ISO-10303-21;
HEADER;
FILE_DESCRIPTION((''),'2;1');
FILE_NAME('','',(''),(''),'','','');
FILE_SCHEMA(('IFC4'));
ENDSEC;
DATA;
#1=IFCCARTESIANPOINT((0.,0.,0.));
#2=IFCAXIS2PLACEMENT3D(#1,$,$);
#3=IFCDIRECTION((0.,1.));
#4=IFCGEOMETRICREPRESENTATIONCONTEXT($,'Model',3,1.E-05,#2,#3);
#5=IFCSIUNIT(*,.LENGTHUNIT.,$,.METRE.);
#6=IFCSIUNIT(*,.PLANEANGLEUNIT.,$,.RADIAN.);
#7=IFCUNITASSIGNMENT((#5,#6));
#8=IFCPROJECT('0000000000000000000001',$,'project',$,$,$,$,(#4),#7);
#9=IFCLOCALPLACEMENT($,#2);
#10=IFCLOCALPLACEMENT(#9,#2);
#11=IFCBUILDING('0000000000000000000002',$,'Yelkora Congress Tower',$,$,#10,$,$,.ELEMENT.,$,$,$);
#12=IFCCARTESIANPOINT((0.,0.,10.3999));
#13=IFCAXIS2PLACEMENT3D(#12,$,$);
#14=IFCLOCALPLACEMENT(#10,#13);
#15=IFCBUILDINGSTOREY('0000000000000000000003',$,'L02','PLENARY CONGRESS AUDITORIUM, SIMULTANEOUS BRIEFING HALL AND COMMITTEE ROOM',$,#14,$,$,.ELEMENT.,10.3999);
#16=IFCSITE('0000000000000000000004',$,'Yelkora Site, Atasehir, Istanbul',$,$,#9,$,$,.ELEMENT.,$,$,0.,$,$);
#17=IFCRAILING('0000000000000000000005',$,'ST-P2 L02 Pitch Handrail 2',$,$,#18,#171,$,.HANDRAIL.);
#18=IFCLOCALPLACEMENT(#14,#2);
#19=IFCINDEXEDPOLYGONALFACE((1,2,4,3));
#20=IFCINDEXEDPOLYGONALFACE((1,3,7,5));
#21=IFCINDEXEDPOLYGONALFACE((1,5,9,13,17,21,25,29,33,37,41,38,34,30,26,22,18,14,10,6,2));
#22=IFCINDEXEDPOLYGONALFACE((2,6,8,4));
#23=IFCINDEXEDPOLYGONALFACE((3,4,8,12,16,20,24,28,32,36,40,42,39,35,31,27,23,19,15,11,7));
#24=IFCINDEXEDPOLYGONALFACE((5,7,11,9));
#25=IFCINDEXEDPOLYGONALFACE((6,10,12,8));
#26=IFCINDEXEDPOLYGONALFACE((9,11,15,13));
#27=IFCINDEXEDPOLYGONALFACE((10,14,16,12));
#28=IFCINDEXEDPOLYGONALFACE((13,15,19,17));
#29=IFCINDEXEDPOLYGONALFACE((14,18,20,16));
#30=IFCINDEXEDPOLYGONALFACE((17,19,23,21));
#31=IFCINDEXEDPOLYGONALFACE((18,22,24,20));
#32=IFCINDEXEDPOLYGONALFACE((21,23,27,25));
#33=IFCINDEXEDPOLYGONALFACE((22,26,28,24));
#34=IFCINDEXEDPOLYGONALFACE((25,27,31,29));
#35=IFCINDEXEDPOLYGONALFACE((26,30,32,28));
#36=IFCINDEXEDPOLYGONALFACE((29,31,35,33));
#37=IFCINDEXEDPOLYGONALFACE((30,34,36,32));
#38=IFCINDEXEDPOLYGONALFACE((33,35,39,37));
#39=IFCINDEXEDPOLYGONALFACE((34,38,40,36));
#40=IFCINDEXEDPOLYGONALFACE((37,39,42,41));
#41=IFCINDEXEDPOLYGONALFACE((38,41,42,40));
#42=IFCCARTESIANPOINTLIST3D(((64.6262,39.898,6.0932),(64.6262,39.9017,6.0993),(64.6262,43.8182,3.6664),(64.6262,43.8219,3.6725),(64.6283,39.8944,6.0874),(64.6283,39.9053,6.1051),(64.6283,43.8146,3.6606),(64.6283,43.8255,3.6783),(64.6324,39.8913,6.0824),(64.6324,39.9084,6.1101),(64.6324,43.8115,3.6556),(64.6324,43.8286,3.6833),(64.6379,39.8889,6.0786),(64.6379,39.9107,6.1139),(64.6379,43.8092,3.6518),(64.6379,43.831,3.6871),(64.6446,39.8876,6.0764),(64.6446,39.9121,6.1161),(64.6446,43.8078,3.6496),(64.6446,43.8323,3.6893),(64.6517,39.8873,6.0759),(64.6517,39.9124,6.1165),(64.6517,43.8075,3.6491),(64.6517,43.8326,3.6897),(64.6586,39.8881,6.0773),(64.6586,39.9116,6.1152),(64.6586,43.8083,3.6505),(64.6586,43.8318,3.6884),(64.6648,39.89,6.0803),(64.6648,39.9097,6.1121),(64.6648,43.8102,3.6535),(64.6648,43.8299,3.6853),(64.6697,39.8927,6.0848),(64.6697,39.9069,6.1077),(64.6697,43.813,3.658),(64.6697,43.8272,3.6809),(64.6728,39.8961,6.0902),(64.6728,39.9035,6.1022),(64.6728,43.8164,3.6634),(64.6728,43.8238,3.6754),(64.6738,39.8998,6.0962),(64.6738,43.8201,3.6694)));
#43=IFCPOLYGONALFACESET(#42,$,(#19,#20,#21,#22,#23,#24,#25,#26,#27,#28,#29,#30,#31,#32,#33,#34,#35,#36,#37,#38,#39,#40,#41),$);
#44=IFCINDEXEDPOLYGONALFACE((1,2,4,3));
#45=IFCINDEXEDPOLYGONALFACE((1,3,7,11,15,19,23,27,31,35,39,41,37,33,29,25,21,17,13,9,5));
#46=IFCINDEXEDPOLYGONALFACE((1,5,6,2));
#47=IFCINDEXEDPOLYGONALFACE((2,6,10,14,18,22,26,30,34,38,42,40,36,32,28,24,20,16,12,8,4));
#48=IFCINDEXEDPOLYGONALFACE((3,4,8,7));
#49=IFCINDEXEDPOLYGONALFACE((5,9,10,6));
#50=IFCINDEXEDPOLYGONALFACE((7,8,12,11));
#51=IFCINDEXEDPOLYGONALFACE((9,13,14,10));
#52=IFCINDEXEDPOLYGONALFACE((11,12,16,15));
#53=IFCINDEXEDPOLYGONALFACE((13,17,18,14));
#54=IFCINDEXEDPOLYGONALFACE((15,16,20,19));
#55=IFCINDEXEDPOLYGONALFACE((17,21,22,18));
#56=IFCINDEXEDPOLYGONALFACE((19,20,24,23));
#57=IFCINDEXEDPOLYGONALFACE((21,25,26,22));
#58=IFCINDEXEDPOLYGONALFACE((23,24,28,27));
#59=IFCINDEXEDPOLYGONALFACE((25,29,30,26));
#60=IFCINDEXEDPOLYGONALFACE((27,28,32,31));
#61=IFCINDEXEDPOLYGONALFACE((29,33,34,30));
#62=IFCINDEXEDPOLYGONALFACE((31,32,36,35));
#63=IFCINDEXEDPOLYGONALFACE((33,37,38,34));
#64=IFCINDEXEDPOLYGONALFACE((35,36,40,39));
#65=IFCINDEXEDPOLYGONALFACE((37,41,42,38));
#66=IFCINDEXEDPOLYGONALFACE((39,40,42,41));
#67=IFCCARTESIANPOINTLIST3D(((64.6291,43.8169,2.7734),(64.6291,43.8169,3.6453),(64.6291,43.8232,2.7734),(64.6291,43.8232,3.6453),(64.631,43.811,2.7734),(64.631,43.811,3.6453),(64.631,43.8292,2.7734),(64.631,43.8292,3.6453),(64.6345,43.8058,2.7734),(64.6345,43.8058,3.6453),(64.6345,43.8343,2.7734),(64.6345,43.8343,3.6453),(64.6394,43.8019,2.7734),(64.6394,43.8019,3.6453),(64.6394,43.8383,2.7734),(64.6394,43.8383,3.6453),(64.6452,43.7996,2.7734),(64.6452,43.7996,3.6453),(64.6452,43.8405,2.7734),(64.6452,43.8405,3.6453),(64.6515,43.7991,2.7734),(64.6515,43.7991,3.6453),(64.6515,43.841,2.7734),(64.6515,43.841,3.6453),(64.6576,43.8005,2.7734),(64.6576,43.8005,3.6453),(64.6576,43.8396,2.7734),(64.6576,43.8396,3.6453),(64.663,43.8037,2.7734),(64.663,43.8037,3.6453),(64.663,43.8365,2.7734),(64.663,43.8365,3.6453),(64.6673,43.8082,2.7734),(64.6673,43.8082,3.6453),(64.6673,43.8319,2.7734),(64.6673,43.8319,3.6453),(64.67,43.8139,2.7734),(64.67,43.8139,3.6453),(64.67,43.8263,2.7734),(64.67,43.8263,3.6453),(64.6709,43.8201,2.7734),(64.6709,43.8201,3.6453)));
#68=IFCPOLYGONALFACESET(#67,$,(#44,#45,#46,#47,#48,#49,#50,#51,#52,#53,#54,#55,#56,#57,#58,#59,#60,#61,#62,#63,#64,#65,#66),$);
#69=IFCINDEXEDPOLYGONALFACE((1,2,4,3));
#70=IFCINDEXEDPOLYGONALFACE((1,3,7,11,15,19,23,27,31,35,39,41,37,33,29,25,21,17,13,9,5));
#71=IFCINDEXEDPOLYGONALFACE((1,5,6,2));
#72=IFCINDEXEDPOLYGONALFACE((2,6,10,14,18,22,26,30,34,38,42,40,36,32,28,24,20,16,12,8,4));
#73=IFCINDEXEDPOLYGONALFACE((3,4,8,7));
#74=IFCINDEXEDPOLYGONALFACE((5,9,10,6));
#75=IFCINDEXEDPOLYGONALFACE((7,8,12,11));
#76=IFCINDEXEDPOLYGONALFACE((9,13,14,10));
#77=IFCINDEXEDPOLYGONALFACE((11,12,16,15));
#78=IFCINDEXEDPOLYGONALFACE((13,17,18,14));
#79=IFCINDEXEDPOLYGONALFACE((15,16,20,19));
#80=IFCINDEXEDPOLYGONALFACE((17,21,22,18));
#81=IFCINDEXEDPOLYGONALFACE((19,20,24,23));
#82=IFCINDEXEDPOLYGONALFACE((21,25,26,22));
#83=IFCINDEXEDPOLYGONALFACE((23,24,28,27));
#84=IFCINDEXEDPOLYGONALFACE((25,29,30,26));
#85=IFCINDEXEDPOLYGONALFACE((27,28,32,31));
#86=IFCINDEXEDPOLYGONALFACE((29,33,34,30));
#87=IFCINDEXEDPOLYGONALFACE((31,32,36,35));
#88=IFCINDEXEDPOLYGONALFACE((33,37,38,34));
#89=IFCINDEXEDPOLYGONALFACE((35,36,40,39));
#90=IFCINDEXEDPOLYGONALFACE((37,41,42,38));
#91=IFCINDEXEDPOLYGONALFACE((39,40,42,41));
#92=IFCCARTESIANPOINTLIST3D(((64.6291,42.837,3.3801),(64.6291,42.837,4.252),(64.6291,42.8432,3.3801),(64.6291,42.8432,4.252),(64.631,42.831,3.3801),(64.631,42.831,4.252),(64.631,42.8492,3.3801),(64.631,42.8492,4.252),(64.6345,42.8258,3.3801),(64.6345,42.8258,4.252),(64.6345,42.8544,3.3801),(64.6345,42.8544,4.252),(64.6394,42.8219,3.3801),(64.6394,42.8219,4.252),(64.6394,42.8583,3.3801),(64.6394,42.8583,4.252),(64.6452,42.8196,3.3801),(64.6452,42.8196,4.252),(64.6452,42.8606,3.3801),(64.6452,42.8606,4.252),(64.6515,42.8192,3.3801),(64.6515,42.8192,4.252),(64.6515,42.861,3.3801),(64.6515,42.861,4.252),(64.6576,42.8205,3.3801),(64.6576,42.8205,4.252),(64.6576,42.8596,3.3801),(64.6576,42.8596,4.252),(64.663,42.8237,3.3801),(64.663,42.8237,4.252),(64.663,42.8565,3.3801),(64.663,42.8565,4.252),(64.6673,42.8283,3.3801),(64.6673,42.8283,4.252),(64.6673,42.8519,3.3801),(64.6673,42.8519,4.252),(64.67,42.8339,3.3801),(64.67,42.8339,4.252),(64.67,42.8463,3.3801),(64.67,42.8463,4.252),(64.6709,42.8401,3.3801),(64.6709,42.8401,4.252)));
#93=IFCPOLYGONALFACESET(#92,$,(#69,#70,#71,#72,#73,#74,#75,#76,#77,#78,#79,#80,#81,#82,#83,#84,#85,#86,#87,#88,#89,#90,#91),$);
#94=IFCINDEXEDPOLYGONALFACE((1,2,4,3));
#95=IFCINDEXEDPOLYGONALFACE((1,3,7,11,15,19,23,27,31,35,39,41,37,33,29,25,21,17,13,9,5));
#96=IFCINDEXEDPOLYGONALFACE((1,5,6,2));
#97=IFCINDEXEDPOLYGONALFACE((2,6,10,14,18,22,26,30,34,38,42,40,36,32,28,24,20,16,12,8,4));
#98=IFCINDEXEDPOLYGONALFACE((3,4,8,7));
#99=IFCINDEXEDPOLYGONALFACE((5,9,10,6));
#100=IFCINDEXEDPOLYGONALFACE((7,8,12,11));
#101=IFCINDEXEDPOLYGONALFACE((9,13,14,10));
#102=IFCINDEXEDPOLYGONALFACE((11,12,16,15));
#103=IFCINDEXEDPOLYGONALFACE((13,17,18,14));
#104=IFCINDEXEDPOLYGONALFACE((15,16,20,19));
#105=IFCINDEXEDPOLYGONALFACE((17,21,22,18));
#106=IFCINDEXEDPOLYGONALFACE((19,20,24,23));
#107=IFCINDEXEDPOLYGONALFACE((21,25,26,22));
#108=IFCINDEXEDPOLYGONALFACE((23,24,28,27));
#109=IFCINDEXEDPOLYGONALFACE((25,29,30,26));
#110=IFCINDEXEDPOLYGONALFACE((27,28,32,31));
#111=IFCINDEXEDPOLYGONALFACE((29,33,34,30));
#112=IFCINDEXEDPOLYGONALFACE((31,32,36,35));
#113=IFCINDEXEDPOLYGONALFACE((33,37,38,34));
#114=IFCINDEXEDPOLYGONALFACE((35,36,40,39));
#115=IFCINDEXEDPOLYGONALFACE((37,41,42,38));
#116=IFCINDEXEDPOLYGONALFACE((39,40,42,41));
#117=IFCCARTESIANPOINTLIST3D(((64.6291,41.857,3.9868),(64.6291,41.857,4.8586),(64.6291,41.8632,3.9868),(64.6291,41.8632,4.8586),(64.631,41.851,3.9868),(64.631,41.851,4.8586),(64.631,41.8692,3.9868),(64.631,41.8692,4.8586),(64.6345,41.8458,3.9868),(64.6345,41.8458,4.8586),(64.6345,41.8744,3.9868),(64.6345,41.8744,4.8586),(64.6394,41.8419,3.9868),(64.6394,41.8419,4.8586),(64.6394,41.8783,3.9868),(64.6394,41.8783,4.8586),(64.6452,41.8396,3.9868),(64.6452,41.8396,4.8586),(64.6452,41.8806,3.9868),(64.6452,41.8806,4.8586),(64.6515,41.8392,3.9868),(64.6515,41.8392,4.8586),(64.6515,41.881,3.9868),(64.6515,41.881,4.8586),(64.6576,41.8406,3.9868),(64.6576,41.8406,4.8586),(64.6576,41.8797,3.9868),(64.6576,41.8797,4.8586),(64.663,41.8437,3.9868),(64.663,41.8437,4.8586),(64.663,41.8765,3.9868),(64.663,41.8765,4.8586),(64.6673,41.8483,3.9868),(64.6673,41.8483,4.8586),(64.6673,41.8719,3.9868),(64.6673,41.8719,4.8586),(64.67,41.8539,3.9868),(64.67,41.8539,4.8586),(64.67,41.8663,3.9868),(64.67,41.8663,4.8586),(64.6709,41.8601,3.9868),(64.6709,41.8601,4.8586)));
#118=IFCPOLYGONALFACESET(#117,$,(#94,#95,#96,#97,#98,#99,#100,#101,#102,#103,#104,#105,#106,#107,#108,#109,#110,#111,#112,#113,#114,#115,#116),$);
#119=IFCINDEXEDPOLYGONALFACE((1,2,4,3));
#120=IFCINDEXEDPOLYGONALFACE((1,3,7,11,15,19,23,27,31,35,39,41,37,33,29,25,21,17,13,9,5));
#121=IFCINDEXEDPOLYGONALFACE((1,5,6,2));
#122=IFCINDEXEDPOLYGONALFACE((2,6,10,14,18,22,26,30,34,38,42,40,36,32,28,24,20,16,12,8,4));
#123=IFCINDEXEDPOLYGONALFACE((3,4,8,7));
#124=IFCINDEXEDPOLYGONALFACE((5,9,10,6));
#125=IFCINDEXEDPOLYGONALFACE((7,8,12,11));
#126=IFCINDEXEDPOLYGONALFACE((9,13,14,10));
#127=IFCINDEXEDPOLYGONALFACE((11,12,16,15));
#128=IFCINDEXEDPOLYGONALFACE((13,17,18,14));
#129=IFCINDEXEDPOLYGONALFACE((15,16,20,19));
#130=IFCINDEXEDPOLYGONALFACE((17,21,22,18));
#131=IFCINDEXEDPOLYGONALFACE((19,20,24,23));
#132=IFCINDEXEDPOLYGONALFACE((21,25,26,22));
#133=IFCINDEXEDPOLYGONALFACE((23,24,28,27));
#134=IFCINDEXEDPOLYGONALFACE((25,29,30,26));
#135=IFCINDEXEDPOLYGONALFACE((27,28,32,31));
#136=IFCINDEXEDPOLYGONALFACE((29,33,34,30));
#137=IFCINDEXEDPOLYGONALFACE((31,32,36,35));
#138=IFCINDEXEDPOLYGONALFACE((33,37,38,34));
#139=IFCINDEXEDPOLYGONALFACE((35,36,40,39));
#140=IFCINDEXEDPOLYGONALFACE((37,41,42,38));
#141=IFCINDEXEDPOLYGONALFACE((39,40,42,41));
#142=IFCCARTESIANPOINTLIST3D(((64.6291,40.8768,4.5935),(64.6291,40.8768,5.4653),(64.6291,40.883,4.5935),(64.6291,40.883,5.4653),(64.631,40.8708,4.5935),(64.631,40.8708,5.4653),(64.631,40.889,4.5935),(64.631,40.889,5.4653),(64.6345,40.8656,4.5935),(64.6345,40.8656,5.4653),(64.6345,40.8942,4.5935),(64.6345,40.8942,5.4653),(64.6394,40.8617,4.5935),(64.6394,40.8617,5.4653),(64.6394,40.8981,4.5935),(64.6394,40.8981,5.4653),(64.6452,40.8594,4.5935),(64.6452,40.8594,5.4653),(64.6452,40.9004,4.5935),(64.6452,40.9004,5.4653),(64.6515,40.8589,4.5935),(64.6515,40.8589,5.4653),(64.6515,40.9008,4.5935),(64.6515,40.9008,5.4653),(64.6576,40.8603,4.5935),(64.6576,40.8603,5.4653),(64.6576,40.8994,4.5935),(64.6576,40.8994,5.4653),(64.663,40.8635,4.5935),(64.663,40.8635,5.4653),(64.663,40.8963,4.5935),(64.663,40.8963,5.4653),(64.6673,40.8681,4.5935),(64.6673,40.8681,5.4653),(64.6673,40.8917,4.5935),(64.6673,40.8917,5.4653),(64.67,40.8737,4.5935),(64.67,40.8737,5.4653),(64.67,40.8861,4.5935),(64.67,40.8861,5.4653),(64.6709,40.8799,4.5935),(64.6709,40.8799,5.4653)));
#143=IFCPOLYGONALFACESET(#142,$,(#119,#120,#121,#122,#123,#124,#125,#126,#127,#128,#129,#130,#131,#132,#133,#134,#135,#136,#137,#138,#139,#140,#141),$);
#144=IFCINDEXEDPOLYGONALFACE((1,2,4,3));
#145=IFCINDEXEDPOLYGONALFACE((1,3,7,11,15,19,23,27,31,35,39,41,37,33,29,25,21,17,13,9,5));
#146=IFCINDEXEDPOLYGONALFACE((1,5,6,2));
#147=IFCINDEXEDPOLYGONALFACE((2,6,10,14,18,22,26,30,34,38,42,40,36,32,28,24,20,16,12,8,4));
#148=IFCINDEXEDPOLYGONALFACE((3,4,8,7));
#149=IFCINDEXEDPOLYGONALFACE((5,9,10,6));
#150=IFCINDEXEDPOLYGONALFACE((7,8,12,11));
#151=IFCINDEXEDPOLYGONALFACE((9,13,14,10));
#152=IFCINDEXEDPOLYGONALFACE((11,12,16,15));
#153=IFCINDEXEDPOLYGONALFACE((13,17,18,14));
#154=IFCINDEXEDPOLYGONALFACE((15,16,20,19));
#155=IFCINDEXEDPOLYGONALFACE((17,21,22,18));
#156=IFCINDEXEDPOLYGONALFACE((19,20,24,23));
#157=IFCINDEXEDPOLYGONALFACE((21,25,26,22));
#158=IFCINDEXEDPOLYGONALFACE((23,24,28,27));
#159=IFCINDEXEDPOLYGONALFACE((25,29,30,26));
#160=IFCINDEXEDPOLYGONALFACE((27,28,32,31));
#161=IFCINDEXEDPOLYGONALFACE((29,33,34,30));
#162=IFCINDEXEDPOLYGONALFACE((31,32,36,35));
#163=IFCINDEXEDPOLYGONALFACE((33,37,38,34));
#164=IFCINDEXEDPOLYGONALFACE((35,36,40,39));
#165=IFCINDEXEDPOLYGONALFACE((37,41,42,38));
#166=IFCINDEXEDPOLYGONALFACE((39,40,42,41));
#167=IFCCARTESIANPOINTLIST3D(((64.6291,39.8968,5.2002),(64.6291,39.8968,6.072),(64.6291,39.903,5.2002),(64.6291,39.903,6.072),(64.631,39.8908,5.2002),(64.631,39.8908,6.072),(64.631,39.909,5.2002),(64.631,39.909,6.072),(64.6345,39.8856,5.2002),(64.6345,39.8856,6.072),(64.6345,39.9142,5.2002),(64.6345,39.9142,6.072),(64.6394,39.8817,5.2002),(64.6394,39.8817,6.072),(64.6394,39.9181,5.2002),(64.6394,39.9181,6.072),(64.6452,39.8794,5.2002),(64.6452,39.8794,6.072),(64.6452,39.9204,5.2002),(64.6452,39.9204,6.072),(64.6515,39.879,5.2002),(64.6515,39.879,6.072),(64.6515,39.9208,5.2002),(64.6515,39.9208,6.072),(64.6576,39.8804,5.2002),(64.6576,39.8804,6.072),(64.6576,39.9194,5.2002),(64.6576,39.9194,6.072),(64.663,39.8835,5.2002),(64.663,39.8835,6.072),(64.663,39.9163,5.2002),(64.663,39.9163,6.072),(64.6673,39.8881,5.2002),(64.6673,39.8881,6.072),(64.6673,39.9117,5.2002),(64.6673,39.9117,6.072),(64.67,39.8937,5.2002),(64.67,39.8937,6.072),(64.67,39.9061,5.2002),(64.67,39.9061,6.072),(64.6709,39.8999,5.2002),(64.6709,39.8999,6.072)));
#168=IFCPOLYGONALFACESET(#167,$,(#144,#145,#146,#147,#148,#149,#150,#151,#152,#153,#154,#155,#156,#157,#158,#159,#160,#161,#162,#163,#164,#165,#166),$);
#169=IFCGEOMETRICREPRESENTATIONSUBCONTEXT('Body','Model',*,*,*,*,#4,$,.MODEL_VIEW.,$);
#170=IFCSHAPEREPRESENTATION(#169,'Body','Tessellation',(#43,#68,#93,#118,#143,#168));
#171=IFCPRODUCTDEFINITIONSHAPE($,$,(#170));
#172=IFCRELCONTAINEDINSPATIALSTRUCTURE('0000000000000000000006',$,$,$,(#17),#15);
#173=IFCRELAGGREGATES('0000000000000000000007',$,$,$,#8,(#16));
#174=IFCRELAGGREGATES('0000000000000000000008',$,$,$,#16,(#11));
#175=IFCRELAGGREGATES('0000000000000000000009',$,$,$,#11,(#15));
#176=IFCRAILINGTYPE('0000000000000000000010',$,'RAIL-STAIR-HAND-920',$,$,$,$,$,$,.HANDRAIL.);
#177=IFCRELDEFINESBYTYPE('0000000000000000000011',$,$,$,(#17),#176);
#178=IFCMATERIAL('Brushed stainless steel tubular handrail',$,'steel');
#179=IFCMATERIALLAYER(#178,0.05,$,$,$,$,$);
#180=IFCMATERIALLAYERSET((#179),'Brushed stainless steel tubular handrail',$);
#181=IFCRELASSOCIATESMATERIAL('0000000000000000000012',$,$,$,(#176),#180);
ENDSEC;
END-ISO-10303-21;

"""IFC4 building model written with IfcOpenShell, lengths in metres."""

from ifc_helpers import new_model, si_unit, direction, frame, origin, origin_2d, place, context, subcontext, project, spatial, circle, extrude, material, layer, layer_set, type_object, element, save


model = new_model("IFC4")

# Units and contexts
model_context = context("Model", 3, precision=1e-05, world=origin(), true_north=direction((0.0, 1.0)))
body_context = subcontext(model_context, "Body", "Model", "MODEL_VIEW")
ifc_project = project(units=[si_unit("LENGTHUNIT", "METRE"), si_unit("PLANEANGLEUNIT", "RADIAN")], contexts=[model_context])

# Site, building, storey
site_placement = place(None, origin())
site = spatial("IfcSite", under=ifc_project, at=site_placement, Name="Yelkora Site, Atasehir, Istanbul", CompositionType="ELEMENT", RefElevation=0.0)
building_placement = place(site_placement, origin())
building = spatial("IfcBuilding", under=site, at=building_placement, Name="Yelkora Congress Tower", CompositionType="ELEMENT")
storey_placement = place(building_placement, frame((0.0, 0.0, 10.3999)))
storey = spatial("IfcBuildingStorey", under=building, at=storey_placement, Name="L02", Description="PLENARY CONGRESS AUDITORIUM, SIMULTANEOUS BRIEFING HALL AND COMMITTEE ROOM", CompositionType="ELEMENT", Elevation=10.3999)

# Railing
ifc_material_1 = material(Name="Brushed stainless steel tubular handrail", Category="steel")
ifc_layer_1 = layer(ifc_material_1, 0.05)
ifc_layer_set_1 = layer_set([ifc_layer_1], Name="Brushed stainless steel tubular handrail")
railing_type_1 = type_object("IfcRailingType", Name="RAIL-STAIR-HAND-920", PredefinedType="HANDRAIL", material=ifc_layer_set_1)
railing_1_placement = place(storey_placement, frame((64.6499, 43.8201, 2.7734)))
element("IfcRailing", 1, at=railing_1_placement, inside=storey, type_object=railing_type_1, Name="ST-P2 L02 Pitch Handrail 2", PredefinedType="HANDRAIL", context=body_context, shape_type="SweptSolid", body=[
    extrude(circle(Radius=0.0239, at=origin_2d()), frame((0.0, 0.0, 0.896), z_axis=(0.0, -0.850266, 0.526353), x_axis=(1.0, 0.0, 0.0)), (0.0, 0.0, 1.0), 4.6106),
    extrude(circle(Radius=0.021, at=origin_2d()), origin(), (0.0, 0.0, 1.0), 0.8718),
    extrude(circle(Radius=0.021, at=origin_2d()), frame((0.0, -0.98, 0.6067)), (0.0, 0.0, 1.0), 0.8718),
    extrude(circle(Radius=0.021, at=origin_2d()), frame((0.0, -1.96, 1.2134)), (0.0, 0.0, 1.0), 0.8718),
    extrude(circle(Radius=0.021, at=origin_2d()), frame((0.0, -2.9402, 1.8201)), (0.0, 0.0, 1.0), 0.8718),
    extrude(circle(Radius=0.021, at=origin_2d()), frame((0.0, -3.9202, 2.4268)), (0.0, 0.0, 1.0), 0.8718),
])

save(model, "model.ifc")
